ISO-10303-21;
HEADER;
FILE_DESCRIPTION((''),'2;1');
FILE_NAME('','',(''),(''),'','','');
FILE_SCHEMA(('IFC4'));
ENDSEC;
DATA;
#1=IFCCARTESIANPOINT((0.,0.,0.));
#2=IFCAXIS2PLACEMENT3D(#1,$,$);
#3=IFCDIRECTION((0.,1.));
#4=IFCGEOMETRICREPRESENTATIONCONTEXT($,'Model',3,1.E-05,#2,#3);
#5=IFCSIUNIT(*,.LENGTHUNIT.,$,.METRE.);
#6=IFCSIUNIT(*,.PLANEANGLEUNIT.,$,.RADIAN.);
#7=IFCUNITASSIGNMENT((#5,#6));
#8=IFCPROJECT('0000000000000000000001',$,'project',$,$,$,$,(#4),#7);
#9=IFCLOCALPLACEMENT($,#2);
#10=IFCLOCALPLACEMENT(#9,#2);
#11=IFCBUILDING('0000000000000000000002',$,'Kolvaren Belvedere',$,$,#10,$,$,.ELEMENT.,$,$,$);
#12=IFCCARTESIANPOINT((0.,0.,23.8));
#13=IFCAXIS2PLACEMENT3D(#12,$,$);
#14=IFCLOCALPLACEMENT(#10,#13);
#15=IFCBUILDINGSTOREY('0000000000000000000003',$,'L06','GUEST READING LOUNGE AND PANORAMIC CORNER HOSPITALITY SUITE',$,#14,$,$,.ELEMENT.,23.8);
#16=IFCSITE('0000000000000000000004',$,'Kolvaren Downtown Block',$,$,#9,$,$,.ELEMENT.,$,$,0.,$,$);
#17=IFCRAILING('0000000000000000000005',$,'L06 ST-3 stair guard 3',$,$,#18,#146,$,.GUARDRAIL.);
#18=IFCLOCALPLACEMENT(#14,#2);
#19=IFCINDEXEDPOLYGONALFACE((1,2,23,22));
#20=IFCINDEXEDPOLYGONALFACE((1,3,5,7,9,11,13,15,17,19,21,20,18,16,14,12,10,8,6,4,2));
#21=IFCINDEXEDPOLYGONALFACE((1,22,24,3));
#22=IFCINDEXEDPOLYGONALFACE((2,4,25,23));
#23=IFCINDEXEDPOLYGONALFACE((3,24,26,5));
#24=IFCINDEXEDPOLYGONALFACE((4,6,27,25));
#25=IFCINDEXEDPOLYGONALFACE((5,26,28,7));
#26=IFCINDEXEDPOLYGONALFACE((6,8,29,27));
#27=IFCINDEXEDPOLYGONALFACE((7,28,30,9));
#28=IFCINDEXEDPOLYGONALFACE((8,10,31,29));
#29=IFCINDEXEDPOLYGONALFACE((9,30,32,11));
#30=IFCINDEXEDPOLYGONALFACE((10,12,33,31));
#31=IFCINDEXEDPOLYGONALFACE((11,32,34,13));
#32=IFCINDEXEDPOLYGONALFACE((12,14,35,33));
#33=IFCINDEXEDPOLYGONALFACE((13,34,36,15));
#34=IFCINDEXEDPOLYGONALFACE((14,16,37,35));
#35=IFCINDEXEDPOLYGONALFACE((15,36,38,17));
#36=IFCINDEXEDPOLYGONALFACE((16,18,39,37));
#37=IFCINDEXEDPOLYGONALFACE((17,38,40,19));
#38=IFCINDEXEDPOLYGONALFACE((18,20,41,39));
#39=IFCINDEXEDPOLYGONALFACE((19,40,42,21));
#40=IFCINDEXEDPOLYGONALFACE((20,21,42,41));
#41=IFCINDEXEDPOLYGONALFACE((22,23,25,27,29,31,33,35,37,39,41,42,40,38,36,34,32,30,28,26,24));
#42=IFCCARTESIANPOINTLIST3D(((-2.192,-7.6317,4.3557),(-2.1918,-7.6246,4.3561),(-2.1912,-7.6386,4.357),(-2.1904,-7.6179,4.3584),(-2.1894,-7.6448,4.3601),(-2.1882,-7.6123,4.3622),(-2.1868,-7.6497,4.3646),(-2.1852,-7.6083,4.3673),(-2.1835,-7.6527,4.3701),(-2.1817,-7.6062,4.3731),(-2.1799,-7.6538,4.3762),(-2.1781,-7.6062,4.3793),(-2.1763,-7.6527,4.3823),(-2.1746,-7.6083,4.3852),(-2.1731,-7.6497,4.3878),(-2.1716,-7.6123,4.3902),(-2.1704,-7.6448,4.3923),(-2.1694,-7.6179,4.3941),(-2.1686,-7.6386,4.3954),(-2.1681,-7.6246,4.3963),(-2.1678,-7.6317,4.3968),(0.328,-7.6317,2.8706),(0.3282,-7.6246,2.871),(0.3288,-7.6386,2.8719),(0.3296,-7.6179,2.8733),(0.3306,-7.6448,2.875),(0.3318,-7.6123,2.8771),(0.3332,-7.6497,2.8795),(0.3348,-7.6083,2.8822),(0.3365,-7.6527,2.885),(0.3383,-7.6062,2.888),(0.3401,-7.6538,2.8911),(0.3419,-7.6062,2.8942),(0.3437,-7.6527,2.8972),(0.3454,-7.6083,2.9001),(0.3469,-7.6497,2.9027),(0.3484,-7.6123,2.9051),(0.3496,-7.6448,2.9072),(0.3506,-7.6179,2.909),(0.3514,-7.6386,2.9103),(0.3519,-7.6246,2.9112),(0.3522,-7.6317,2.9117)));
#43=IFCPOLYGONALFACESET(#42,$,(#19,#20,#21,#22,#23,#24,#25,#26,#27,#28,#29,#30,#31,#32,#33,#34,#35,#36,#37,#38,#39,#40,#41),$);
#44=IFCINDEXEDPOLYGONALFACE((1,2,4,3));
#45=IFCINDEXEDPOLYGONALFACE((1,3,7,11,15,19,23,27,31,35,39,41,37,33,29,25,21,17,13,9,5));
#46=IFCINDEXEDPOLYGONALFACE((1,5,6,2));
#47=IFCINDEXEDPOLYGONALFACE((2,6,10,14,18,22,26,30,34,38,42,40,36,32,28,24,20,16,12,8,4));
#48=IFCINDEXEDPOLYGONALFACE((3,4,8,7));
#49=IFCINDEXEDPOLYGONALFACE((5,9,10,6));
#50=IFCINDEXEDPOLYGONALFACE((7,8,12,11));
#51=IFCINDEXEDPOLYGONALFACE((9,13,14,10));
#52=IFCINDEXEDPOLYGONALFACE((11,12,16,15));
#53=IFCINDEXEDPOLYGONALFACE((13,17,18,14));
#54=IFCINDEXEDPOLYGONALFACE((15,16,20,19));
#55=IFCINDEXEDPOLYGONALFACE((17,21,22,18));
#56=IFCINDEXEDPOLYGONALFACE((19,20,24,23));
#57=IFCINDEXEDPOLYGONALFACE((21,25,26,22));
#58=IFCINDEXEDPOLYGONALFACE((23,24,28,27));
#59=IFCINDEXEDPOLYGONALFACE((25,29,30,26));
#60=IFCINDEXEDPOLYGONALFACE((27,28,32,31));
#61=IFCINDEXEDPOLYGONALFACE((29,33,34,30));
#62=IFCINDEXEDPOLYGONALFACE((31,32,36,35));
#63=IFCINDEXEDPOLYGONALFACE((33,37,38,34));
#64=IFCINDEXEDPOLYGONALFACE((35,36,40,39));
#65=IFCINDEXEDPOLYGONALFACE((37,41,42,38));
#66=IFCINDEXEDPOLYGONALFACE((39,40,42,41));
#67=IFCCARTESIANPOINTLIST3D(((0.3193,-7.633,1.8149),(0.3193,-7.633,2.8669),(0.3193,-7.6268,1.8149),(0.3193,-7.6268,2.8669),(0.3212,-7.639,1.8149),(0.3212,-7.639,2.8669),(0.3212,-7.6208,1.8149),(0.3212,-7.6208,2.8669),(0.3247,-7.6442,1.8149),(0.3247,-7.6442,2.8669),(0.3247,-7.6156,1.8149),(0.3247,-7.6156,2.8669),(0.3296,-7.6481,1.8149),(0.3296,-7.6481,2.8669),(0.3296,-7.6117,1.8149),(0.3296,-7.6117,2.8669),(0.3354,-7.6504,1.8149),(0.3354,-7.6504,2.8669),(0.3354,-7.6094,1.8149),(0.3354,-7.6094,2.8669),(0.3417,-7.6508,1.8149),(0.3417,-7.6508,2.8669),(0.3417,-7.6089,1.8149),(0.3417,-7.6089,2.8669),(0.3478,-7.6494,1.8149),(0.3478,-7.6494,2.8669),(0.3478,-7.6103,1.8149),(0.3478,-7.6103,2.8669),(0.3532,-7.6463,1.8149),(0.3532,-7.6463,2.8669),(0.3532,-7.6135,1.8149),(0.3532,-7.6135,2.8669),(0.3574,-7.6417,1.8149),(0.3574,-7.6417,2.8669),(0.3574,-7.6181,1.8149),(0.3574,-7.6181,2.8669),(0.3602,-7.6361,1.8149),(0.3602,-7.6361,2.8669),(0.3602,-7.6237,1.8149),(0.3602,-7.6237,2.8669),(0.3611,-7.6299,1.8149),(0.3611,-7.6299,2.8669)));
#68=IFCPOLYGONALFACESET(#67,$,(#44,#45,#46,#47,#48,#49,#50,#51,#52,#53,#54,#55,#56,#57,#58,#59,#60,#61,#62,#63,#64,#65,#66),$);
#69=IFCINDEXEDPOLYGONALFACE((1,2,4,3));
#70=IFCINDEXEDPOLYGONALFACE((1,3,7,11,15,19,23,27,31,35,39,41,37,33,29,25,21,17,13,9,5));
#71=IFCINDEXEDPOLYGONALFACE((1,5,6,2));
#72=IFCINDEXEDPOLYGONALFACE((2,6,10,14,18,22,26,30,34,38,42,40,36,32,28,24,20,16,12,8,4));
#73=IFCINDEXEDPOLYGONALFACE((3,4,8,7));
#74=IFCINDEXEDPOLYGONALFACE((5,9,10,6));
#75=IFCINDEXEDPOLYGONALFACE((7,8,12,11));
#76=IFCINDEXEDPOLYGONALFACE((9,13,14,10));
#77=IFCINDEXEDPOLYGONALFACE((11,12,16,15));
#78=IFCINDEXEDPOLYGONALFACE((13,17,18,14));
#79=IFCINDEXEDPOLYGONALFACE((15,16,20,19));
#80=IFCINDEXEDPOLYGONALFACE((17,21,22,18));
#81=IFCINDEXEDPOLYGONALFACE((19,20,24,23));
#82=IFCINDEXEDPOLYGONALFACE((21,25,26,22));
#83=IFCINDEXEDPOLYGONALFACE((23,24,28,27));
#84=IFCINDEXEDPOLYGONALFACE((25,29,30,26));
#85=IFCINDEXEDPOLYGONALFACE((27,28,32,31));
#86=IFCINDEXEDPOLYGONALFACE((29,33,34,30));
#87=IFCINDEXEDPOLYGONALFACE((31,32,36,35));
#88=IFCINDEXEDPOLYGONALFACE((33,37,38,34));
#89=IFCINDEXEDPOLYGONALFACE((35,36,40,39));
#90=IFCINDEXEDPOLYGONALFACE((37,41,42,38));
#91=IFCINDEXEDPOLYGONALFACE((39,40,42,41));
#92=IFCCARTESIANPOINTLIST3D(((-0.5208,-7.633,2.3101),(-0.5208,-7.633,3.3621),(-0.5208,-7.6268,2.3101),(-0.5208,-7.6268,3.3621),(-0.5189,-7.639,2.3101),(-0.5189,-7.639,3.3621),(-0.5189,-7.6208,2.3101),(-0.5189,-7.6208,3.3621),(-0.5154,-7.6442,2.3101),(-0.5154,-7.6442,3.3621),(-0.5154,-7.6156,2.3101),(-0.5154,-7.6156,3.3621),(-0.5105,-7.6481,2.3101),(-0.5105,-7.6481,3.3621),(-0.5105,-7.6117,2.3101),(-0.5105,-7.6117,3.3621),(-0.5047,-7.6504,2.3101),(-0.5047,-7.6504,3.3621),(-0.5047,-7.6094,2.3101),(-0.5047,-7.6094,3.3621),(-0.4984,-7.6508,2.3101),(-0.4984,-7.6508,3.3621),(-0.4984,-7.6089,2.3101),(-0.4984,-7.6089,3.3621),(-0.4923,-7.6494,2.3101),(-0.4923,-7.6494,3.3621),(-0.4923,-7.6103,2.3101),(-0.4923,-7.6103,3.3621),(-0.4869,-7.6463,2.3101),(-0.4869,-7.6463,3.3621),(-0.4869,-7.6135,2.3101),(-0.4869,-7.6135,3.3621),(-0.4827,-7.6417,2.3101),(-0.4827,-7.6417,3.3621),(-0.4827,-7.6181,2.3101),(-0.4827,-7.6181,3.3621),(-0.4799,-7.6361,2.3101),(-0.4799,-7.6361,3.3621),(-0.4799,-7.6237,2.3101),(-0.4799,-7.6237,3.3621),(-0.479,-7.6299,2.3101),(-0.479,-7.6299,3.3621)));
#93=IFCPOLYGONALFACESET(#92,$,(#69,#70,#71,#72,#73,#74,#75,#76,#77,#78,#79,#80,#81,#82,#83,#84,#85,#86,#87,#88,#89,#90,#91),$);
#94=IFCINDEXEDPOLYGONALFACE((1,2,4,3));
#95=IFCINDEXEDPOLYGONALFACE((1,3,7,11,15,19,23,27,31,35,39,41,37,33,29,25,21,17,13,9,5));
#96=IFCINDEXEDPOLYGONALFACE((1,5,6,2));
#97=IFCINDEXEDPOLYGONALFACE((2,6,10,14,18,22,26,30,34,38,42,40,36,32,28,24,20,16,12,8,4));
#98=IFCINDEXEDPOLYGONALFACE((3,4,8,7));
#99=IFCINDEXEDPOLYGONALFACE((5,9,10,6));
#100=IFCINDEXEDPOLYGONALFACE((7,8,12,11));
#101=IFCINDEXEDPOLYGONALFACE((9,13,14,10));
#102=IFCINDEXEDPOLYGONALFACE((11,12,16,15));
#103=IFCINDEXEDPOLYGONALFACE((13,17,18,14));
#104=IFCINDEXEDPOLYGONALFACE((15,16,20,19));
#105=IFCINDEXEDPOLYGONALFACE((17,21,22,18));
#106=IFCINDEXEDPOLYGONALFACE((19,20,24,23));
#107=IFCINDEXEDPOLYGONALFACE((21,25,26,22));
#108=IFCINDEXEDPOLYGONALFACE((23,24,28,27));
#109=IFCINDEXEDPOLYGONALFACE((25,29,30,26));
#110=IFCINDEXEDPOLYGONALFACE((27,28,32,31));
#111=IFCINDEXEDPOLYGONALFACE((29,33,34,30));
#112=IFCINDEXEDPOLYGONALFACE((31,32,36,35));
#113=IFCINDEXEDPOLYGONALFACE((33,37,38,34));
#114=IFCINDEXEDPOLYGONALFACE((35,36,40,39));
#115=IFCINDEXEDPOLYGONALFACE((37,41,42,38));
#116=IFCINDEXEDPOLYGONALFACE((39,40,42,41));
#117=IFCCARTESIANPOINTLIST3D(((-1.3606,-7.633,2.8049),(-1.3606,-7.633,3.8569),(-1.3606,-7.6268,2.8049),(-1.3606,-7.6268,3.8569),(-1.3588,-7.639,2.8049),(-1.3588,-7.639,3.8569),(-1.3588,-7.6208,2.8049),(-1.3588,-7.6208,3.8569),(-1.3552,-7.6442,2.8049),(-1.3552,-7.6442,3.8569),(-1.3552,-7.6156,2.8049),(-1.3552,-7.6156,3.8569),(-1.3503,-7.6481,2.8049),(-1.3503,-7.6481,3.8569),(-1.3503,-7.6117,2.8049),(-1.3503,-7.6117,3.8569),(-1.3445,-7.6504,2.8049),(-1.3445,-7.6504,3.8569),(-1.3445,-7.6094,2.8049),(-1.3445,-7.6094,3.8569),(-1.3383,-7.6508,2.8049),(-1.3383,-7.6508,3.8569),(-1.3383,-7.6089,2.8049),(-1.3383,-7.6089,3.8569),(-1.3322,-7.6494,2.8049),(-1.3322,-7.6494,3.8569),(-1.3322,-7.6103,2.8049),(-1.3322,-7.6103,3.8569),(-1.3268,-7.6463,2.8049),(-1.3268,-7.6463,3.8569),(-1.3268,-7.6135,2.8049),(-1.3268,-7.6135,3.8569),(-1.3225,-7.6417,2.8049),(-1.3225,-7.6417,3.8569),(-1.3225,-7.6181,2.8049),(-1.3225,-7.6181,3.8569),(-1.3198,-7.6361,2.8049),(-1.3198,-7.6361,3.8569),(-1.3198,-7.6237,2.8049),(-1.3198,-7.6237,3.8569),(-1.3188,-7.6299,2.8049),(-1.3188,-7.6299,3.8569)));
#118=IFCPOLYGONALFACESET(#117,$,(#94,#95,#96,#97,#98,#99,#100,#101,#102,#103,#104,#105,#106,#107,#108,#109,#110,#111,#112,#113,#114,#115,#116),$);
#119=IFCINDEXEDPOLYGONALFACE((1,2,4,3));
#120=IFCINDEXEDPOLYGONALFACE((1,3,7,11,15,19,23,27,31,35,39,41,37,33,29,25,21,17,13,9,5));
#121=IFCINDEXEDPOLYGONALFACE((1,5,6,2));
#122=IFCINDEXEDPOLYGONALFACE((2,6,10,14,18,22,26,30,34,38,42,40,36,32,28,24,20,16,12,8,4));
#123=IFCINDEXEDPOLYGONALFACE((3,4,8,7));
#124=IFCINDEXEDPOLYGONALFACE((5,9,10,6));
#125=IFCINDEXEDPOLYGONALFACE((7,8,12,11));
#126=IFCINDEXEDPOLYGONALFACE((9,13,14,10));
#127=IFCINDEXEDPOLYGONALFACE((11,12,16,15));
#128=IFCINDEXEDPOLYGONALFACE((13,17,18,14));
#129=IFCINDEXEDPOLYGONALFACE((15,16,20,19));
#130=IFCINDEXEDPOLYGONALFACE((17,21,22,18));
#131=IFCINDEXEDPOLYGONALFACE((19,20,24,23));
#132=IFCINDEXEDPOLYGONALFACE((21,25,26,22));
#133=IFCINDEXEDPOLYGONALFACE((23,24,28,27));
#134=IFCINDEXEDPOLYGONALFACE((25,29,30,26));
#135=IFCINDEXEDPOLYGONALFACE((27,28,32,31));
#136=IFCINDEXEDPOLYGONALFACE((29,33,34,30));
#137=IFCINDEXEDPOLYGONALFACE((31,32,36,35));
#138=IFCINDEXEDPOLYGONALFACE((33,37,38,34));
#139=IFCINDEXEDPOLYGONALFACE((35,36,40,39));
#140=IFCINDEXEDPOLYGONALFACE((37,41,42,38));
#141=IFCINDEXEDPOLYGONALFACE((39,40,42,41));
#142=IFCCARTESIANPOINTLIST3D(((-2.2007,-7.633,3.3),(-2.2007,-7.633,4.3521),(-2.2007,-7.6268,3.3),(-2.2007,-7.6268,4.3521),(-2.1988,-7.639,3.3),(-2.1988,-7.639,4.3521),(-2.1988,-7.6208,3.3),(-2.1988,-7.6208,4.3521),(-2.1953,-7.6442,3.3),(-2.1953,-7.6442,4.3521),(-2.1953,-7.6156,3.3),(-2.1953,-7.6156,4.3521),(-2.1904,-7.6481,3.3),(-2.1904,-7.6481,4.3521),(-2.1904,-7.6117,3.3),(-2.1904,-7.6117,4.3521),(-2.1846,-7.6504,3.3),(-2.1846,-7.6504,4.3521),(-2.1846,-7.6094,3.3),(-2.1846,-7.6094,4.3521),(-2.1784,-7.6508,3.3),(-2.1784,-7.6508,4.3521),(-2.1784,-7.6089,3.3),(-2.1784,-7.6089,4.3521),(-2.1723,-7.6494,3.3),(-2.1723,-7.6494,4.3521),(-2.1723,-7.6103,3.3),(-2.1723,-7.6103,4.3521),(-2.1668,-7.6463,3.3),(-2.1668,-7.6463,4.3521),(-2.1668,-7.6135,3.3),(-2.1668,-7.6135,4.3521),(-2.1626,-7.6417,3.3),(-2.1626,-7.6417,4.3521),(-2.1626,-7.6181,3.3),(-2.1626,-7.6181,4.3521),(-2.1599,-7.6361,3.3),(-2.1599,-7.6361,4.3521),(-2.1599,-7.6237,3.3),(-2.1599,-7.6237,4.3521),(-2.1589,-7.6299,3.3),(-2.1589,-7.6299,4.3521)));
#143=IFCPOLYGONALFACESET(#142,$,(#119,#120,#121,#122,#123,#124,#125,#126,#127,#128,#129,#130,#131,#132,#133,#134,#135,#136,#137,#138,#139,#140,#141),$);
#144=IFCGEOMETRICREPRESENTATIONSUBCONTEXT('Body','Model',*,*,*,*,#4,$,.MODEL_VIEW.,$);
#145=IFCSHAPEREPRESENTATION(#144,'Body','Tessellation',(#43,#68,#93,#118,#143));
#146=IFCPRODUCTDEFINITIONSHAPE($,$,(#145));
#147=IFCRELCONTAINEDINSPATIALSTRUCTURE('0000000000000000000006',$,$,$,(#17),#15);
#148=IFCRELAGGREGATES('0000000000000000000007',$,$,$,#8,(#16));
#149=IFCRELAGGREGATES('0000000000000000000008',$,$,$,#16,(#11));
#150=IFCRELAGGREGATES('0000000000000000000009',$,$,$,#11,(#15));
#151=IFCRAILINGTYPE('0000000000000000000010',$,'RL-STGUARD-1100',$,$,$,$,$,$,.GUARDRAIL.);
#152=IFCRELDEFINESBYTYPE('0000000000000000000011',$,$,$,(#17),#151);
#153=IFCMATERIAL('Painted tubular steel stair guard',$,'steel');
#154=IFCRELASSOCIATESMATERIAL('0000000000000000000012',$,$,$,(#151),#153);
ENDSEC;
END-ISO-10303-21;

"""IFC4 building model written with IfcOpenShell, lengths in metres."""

from ifc_helpers import new_model, si_unit, direction, frame, origin, origin_2d, place, context, subcontext, project, spatial, circle, extrude, material, type_object, element, save


model = new_model("IFC4")

# Units and contexts
model_context = context("Model", 3, precision=1e-05, world=origin(), true_north=direction((0.0, 1.0)))
body_context = subcontext(model_context, "Body", "Model", "MODEL_VIEW")
ifc_project = project(units=[si_unit("LENGTHUNIT", "METRE"), si_unit("PLANEANGLEUNIT", "RADIAN")], contexts=[model_context])

# Site, building, storey
site_placement = place(None, origin())
site = spatial("IfcSite", under=ifc_project, at=site_placement, Name="Kolvaren Downtown Block", CompositionType="ELEMENT", RefElevation=0.0)
building_placement = place(site_placement, origin())
building = spatial("IfcBuilding", under=site, at=building_placement, Name="Kolvaren Belvedere", CompositionType="ELEMENT")
storey_placement = place(building_placement, frame((0.0, 0.0, 23.8)))
storey = spatial("IfcBuildingStorey", under=building, at=storey_placement, Name="L06", Description="GUEST READING LOUNGE AND PANORAMIC CORNER HOSPITALITY SUITE", CompositionType="ELEMENT", Elevation=23.8)

# Railing
ifc_material_1 = material(Name="Painted tubular steel stair guard", Category="steel")
railing_type_1 = type_object("IfcRailingType", Name="RL-STGUARD-1100", PredefinedType="GUARDRAIL", material=ifc_material_1)
railing_1_placement = place(storey_placement, frame((0.3401, -7.6299, 1.8149)))
element("IfcRailing", 1, at=railing_1_placement, inside=storey, type_object=railing_type_1, Name="L06 ST-3 stair guard 3", PredefinedType="GUARDRAIL", context=body_context, shape_type="SweptSolid", body=[
    extrude(circle(Radius=0.0239, at=origin_2d()), frame((0.0, 0.0, 1.0762), z_axis=(-0.861524, 0.0, 0.507717), x_axis=(0.0, -1.0, 0.0)), (0.0, 0.0, 1.0), 2.925),
    extrude(circle(Radius=0.021, at=origin_2d()), origin(), (0.0, 0.0, 1.0), 1.052),
    extrude(circle(Radius=0.021, at=origin_2d()), frame((-0.8401, 0.0, 0.4951)), (0.0, 0.0, 1.0), 1.052),
    extrude(circle(Radius=0.021, at=origin_2d()), frame((-1.6799, 0.0, 0.99)), (0.0, 0.0, 1.0), 1.052),
    extrude(circle(Radius=0.021, at=origin_2d()), frame((-2.52, 0.0, 1.4851)), (0.0, 0.0, 1.0), 1.052),
])

save(model, "model.ifc")
